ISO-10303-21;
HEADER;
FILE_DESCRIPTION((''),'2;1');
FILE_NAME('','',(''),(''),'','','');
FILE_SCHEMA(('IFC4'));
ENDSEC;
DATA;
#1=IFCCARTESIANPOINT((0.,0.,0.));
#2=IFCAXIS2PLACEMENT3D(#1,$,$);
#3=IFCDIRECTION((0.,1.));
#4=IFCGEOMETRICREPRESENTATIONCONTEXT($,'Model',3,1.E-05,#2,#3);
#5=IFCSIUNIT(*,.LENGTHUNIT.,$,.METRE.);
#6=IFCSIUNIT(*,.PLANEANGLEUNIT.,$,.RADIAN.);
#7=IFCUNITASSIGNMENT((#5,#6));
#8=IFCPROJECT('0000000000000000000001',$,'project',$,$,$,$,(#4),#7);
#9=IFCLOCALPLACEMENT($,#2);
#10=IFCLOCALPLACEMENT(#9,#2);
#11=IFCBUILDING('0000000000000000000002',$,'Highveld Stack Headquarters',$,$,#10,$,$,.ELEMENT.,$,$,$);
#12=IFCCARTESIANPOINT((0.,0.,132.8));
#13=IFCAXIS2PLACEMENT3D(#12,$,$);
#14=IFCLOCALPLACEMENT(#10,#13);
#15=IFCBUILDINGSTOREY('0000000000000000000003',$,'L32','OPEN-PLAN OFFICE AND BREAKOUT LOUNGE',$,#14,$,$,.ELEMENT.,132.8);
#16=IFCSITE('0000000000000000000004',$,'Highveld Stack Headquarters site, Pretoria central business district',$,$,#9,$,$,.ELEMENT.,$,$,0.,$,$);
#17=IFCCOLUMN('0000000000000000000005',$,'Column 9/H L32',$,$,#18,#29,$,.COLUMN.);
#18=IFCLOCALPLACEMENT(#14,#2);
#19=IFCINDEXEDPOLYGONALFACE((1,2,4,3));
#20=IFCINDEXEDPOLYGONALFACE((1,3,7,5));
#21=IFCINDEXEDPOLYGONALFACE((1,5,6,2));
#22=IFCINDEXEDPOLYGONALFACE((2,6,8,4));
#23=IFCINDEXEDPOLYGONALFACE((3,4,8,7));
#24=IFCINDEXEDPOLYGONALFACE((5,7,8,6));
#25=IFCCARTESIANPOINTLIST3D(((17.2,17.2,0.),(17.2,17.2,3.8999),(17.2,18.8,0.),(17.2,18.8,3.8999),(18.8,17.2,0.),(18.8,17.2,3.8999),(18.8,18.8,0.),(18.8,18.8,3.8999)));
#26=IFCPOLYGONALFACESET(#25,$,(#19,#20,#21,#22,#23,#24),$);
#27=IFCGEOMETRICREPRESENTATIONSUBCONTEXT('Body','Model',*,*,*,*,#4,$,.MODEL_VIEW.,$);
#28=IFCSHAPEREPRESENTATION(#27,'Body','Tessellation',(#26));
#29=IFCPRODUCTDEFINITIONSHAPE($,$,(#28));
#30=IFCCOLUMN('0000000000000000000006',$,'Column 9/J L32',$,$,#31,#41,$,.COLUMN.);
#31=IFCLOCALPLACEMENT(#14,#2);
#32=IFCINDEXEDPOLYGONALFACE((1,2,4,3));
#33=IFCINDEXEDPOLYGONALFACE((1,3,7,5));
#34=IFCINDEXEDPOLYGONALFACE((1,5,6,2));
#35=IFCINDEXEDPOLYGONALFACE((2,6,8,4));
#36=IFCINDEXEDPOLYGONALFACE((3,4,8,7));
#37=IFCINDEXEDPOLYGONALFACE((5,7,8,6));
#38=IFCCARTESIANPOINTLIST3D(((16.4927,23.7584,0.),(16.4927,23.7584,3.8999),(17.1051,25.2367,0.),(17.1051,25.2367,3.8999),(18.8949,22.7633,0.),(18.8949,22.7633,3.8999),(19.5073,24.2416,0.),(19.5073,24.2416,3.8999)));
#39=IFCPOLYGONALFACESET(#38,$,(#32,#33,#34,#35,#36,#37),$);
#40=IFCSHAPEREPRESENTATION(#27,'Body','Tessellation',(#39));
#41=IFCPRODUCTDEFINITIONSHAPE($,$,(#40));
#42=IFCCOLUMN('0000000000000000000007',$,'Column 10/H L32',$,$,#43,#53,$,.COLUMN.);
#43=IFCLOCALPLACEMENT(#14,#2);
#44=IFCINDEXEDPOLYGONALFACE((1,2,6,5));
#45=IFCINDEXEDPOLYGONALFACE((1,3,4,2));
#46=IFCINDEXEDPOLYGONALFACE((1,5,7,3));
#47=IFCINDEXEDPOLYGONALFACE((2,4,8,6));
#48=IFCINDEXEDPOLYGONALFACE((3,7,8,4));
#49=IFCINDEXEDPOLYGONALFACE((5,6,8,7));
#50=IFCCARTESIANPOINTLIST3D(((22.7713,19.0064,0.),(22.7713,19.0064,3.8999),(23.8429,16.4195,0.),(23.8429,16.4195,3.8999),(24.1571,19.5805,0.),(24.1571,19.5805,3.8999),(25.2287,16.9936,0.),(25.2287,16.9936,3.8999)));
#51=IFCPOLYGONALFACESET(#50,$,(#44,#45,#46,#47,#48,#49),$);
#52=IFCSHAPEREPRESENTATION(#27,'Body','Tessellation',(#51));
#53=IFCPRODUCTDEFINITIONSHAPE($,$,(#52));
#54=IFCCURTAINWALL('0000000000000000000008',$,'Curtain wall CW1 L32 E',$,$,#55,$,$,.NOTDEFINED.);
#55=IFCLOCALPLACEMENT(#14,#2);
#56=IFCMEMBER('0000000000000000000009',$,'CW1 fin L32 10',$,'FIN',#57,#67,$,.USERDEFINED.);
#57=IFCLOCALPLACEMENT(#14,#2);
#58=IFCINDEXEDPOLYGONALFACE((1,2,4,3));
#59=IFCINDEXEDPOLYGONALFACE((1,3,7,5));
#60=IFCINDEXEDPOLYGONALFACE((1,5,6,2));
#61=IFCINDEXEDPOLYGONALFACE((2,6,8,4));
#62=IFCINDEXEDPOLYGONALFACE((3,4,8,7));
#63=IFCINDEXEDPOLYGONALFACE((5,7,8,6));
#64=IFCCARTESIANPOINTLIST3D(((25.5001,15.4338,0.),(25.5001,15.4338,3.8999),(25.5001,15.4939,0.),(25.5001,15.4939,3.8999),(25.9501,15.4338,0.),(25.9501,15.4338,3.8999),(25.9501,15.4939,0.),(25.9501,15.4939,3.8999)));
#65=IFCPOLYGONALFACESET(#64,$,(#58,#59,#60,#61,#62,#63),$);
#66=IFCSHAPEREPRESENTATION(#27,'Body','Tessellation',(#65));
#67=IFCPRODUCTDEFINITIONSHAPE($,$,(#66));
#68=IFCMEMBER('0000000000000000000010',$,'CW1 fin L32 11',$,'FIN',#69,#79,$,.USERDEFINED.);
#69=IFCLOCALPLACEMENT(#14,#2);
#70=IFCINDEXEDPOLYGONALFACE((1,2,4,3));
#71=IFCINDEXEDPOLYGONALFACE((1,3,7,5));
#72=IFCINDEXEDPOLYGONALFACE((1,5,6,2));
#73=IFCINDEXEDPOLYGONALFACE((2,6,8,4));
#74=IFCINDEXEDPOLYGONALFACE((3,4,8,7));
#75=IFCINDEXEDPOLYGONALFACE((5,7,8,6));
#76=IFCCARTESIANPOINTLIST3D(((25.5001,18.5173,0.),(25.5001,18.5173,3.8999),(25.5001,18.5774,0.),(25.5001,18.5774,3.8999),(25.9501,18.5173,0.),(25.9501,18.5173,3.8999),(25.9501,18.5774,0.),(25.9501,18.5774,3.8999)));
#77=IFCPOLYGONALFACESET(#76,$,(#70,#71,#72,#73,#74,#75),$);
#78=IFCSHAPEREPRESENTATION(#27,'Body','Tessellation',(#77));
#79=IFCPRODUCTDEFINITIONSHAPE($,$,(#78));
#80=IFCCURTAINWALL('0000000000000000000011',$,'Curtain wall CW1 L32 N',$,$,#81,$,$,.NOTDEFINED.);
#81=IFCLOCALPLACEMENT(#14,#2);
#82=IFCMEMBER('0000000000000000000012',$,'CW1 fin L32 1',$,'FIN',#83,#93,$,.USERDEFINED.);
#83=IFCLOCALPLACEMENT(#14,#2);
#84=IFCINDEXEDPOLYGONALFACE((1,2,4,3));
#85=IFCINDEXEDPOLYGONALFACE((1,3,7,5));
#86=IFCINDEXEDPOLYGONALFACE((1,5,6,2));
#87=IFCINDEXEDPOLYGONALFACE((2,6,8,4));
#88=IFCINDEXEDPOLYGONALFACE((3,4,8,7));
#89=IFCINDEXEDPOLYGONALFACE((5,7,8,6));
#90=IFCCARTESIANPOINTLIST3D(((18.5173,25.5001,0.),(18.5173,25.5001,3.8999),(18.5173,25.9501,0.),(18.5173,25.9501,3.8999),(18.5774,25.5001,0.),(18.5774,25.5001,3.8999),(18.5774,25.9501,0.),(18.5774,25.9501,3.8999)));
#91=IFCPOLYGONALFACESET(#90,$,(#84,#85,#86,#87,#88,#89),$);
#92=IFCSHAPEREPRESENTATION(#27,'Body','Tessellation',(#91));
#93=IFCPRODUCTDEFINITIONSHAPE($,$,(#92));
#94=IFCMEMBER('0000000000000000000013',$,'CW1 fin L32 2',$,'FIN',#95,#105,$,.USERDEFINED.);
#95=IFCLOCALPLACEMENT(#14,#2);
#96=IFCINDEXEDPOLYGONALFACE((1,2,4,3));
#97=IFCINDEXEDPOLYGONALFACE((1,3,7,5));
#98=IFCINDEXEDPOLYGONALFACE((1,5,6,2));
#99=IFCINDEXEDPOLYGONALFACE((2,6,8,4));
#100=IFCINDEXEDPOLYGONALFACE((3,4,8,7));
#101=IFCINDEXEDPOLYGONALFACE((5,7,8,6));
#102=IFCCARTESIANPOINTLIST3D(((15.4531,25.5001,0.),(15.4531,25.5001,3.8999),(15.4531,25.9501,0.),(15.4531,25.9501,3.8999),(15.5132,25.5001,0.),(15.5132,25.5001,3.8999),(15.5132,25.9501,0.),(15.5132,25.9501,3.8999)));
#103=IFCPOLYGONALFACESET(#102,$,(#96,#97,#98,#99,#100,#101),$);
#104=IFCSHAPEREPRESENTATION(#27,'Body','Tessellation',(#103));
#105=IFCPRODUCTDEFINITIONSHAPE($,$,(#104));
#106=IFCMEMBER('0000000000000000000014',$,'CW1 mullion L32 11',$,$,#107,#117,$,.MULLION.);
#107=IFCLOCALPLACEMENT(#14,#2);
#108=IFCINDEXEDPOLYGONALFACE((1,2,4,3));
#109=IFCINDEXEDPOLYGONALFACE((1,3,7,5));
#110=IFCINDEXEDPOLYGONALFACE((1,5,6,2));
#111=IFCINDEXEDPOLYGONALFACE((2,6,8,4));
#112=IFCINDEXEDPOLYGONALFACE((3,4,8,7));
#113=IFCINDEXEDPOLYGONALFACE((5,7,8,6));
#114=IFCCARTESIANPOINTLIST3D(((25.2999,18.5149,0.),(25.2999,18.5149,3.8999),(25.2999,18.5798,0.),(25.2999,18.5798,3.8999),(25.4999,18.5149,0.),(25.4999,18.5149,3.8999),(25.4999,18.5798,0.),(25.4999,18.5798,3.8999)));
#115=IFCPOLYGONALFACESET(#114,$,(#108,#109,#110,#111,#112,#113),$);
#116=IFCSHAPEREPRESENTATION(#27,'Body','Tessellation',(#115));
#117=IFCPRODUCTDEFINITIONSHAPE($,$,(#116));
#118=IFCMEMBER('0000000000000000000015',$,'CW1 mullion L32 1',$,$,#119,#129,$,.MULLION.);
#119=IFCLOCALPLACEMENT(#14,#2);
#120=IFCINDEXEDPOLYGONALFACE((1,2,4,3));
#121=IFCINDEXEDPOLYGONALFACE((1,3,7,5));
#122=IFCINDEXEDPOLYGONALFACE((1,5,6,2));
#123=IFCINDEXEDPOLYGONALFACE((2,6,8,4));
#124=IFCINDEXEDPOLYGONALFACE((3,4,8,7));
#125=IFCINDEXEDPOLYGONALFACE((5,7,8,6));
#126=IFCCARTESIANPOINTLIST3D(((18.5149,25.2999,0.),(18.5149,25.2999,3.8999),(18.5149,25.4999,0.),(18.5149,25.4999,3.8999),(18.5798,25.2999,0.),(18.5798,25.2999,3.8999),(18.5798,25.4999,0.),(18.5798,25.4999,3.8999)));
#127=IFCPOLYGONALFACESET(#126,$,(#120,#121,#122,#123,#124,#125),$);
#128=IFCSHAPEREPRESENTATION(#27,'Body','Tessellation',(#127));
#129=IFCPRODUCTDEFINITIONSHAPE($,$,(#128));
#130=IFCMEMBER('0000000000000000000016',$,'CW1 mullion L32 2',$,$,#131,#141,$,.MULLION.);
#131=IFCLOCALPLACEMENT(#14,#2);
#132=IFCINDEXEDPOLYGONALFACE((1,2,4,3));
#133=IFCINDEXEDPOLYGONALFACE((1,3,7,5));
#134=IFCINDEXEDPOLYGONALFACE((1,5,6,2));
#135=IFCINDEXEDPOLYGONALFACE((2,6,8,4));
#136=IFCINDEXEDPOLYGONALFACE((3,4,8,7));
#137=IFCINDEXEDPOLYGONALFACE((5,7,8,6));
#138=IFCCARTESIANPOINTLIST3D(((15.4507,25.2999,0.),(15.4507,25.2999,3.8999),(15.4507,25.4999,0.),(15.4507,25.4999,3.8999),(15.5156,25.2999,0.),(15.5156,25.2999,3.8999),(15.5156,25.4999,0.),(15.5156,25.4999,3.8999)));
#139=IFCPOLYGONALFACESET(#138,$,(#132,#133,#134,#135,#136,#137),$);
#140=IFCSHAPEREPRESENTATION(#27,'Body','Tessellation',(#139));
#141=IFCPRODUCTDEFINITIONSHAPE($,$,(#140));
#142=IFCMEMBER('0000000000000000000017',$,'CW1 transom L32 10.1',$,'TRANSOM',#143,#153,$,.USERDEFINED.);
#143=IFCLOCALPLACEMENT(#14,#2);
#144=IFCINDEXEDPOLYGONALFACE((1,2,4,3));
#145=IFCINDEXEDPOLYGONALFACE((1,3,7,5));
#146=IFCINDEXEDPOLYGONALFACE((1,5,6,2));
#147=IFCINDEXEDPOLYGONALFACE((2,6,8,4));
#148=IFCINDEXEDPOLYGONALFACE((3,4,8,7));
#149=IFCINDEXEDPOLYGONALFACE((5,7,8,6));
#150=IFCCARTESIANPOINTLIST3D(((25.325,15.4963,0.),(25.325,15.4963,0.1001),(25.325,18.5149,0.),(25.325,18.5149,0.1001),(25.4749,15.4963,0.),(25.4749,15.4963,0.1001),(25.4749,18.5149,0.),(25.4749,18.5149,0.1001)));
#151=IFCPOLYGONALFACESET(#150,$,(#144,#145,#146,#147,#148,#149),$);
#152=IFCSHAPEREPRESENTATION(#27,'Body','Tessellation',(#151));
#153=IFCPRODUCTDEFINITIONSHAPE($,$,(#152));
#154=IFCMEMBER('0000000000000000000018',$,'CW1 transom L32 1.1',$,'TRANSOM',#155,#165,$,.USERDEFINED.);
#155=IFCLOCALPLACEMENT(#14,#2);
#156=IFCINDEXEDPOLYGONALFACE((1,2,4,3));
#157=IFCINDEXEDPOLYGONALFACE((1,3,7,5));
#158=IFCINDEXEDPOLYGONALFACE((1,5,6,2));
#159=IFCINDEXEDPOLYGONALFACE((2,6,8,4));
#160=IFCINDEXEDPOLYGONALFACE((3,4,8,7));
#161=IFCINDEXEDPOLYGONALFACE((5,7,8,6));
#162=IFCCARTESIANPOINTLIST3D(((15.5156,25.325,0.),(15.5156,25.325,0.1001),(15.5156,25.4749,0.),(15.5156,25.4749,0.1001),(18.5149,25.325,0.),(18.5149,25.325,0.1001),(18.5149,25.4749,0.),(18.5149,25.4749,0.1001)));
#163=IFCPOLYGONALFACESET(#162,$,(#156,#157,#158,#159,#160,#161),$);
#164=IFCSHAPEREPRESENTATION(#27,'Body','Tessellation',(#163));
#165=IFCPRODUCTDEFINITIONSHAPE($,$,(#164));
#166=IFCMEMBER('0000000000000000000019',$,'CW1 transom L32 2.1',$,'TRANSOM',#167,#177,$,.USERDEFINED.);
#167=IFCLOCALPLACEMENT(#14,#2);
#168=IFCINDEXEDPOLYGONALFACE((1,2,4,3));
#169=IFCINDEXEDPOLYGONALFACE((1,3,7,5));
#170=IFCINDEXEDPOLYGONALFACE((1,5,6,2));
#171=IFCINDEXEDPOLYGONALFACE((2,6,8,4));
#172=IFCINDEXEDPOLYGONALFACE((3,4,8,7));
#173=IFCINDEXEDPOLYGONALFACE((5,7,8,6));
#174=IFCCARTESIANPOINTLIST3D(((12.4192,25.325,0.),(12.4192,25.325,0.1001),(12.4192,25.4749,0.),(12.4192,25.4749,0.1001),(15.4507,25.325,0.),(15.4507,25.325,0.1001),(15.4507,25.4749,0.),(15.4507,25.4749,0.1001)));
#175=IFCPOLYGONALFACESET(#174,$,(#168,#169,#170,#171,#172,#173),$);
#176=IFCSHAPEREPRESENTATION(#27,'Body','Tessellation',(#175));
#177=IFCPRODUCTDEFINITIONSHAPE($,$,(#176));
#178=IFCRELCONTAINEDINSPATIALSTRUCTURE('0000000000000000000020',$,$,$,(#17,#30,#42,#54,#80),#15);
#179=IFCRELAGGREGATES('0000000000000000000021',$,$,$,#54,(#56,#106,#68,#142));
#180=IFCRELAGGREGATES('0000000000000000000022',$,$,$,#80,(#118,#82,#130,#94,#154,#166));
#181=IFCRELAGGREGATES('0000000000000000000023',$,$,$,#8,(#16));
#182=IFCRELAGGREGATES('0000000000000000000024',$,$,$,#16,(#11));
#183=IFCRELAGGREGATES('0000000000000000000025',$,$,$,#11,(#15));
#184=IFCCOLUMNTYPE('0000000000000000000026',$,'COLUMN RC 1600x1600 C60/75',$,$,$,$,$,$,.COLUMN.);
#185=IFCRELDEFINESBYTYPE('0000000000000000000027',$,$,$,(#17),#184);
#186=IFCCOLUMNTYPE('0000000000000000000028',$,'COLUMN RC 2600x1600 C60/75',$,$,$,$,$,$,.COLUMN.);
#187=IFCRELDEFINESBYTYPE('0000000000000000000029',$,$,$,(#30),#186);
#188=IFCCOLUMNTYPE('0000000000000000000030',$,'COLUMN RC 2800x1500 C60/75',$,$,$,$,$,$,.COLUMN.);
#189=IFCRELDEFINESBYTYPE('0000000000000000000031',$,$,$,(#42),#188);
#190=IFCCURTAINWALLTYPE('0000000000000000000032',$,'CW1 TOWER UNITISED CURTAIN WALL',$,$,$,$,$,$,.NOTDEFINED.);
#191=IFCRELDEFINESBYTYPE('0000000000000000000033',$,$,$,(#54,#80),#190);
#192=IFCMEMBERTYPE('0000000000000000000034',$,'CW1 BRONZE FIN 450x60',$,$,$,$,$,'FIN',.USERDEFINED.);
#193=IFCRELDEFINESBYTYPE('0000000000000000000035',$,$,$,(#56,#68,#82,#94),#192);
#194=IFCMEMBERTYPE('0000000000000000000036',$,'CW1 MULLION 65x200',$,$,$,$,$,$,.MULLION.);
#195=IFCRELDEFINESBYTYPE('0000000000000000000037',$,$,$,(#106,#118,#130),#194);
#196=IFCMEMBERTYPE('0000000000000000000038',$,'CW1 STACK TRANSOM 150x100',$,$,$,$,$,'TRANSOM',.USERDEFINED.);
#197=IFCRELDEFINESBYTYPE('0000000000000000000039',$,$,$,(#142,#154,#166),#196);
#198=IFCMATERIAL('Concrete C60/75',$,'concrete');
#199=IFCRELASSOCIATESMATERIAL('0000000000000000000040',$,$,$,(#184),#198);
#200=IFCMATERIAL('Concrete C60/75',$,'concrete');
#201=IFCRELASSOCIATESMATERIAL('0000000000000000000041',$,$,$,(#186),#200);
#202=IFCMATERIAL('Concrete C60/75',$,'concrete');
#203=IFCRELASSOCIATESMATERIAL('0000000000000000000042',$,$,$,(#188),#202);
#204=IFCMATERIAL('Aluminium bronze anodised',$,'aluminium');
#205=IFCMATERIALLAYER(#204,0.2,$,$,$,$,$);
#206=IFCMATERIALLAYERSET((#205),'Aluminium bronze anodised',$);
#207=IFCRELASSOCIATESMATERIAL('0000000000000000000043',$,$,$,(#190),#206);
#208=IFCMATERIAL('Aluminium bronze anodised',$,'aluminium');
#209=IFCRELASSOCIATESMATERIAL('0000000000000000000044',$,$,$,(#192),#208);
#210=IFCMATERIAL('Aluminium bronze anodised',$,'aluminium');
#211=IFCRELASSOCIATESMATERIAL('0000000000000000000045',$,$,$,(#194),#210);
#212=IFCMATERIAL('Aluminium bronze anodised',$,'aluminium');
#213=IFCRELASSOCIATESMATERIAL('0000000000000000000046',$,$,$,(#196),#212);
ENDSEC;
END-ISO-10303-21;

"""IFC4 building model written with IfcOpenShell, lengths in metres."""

from ifc_helpers import new_model, si_unit, direction, frame, origin, origin_2d, place, context, subcontext, project, spatial, rectangle, extrude, material, layer, layer_set, material_profile, profile_set, type_object, element, aggregate, save


model = new_model("IFC4")

# Units and contexts
model_context = context("Model", 3, precision=1e-05, world=origin(), true_north=direction((0.0, 1.0)))
body_context = subcontext(model_context, "Body", "Model", "MODEL_VIEW")
ifc_project = project(units=[si_unit("LENGTHUNIT", "METRE"), si_unit("PLANEANGLEUNIT", "RADIAN")], contexts=[model_context])

# Site, building, storey
site_placement = place(None, origin())
site = spatial("IfcSite", under=ifc_project, at=site_placement, Name="Highveld Stack Headquarters site, Pretoria central business district", CompositionType="ELEMENT", RefElevation=0.0)
building_placement = place(site_placement, origin())
building = spatial("IfcBuilding", under=site, at=building_placement, Name="Highveld Stack Headquarters", CompositionType="ELEMENT")
storey_placement = place(building_placement, frame((0.0, 0.0, 132.8)))
storey = spatial("IfcBuildingStorey", under=building, at=storey_placement, Name="L32", Description="OPEN-PLAN OFFICE AND BREAKOUT LOUNGE", CompositionType="ELEMENT", Elevation=132.8)

# Columns
ifc_material_1 = material(Name="Concrete C60/75", Category="concrete")
ifc_material_profile_1 = material_profile(ifc_material_1, rectangle(XDim=1.6001, YDim=1.6001, at=origin_2d()), Name="RC 1600x1600")
ifc_profile_set_1 = profile_set([ifc_material_profile_1], Name="Concrete C60/75")
column_type_1 = type_object("IfcColumnType", Name="COLUMN RC 1600x1600 C60/75", PredefinedType="COLUMN", material=ifc_profile_set_1)
column_1_placement = place(storey_placement, frame((18.0, 18.0, 0.0), z_axis=(0.0, 0.0, 1.0), x_axis=(1.0, 0.0, 0.0)))
element("IfcColumn", 1, at=column_1_placement, inside=storey, type_object=column_type_1, Name="Column 9/H L32", PredefinedType="COLUMN", context=body_context, shape_type="SweptSolid", body=[
    extrude(rectangle(XDim=1.6001, YDim=1.6001, at=origin_2d()), origin(), (0.0, 0.0, 1.0), 3.8999),
])
ifc_material_2 = material(Name="Concrete C60/75", Category="concrete")
ifc_material_profile_2 = material_profile(ifc_material_2, rectangle(XDim=2.6001, YDim=1.6001, at=origin_2d()), Name="RC 2600x1600")
ifc_profile_set_2 = profile_set([ifc_material_profile_2], Name="Concrete C60/75")
column_type_2 = type_object("IfcColumnType", Name="COLUMN RC 2600x1600 C60/75", PredefinedType="COLUMN", material=ifc_profile_set_2)
column_2_placement = place(storey_placement, frame((18.0, 24.0, 0.0), z_axis=(0.0, 0.0, 1.0), x_axis=(0.92388, -0.382683, 0.0)))
element("IfcColumn", 2, at=column_2_placement, inside=storey, type_object=column_type_2, Name="Column 9/J L32", PredefinedType="COLUMN", context=body_context, shape_type="SweptSolid", body=[
    extrude(rectangle(XDim=2.6001, YDim=1.6001, at=origin_2d()), origin(), (0.0, 0.0, 1.0), 3.8999),
])
ifc_material_3 = material(Name="Concrete C60/75", Category="concrete")
ifc_material_profile_3 = material_profile(ifc_material_3, rectangle(XDim=2.8, YDim=1.5, at=origin_2d()), Name="RC 2800x1500")
ifc_profile_set_3 = profile_set([ifc_material_profile_3], Name="Concrete C60/75")
column_type_3 = type_object("IfcColumnType", Name="COLUMN RC 2800x1500 C60/75", PredefinedType="COLUMN", material=ifc_profile_set_3)
column_3_placement = place(storey_placement, frame((24.0, 18.0, 0.0), z_axis=(0.0, 0.0, 1.0), x_axis=(0.382683, -0.92388, 0.0)))
element("IfcColumn", 3, at=column_3_placement, inside=storey, type_object=column_type_3, Name="Column 10/H L32", PredefinedType="COLUMN", context=body_context, shape_type="SweptSolid", body=[
    extrude(rectangle(XDim=2.8, YDim=1.5, at=origin_2d()), origin(), (0.0, 0.0, 1.0), 3.8999),
])

# Curtain walls, members
ifc_material_4 = material(Name="Aluminium bronze anodised", Category="aluminium")
ifc_layer_1 = layer(ifc_material_4, 0.2)
ifc_layer_set_1 = layer_set([ifc_layer_1], Name="Aluminium bronze anodised")
curtain_wall_type_1 = type_object("IfcCurtainWallType", Name="CW1 TOWER UNITISED CURTAIN WALL", PredefinedType="NOTDEFINED", material=ifc_layer_set_1)
curtain_wall_1_placement = place(storey_placement, origin())
curtain_wall_1 = element("IfcCurtainWall", 4, at=curtain_wall_1_placement, inside=storey, type_object=curtain_wall_type_1, Name="Curtain wall CW1 L32 E", PredefinedType="NOTDEFINED")
ifc_material_5 = material(Name="Aluminium bronze anodised", Category="aluminium")
ifc_material_profile_4 = material_profile(ifc_material_5, rectangle(XDim=0.45, YDim=0.0601, at=origin_2d()), Name="FIN 450x60")
ifc_profile_set_4 = profile_set([ifc_material_profile_4], Name="Aluminium bronze anodised")
member_type_1 = type_object("IfcMemberType", Name="CW1 BRONZE FIN 450x60", ElementType="FIN", PredefinedType="USERDEFINED", material=ifc_profile_set_4)
member_1_placement = place(storey_placement, frame((25.7251, 15.4639, 0.0), z_axis=(0.0, 0.0, 1.0), x_axis=(-1.0, 0.0, 0.0)))
member_1 = element("IfcMember", 5, at=member_1_placement, type_object=member_type_1, Name="CW1 fin L32 10", ObjectType="FIN", PredefinedType="USERDEFINED", context=body_context, shape_type="SweptSolid", body=[
    extrude(rectangle(XDim=0.45, YDim=0.0601, at=origin_2d()), origin(), (0.0, 0.0, 1.0), 3.8999),
])
member_2_placement = place(storey_placement, frame((25.7251, 18.5474, 0.0), z_axis=(0.0, 0.0, 1.0), x_axis=(-1.0, 0.0, 0.0)))
member_2 = element("IfcMember", 6, at=member_2_placement, type_object=member_type_1, Name="CW1 fin L32 11", ObjectType="FIN", PredefinedType="USERDEFINED", context=body_context, shape_type="SweptSolid", body=[
    extrude(rectangle(XDim=0.45, YDim=0.0601, at=origin_2d()), origin(), (0.0, 0.0, 1.0), 3.8999),
])
curtain_wall_2_placement = place(storey_placement, origin())
curtain_wall_2 = element("IfcCurtainWall", 7, at=curtain_wall_2_placement, inside=storey, type_object=curtain_wall_type_1, Name="Curtain wall CW1 L32 N", PredefinedType="NOTDEFINED")
member_3_placement = place(storey_placement, frame((18.5474, 25.7251, 0.0), z_axis=(0.0, 0.0, 1.0), x_axis=(0.0, -1.0, 0.0)))
member_3 = element("IfcMember", 8, at=member_3_placement, type_object=member_type_1, Name="CW1 fin L32 1", ObjectType="FIN", PredefinedType="USERDEFINED", context=body_context, shape_type="SweptSolid", body=[
    extrude(rectangle(XDim=0.45, YDim=0.0601, at=origin_2d()), origin(), (0.0, 0.0, 1.0), 3.8999),
])
member_4_placement = place(storey_placement, frame((15.4832, 25.7251, 0.0), z_axis=(0.0, 0.0, 1.0), x_axis=(0.0, -1.0, 0.0)))
member_4 = element("IfcMember", 9, at=member_4_placement, type_object=member_type_1, Name="CW1 fin L32 2", ObjectType="FIN", PredefinedType="USERDEFINED", context=body_context, shape_type="SweptSolid", body=[
    extrude(rectangle(XDim=0.45, YDim=0.0601, at=origin_2d()), origin(), (0.0, 0.0, 1.0), 3.8999),
])

# Members
ifc_material_6 = material(Name="Aluminium bronze anodised", Category="aluminium")
ifc_material_profile_5 = material_profile(ifc_material_6, rectangle(XDim=0.2, YDim=0.0649, at=origin_2d()), Name="CW1 MULLION 65x200")
ifc_profile_set_5 = profile_set([ifc_material_profile_5], Name="Aluminium bronze anodised")
member_type_2 = type_object("IfcMemberType", Name="CW1 MULLION 65x200", PredefinedType="MULLION", material=ifc_profile_set_5)
member_5_placement = place(storey_placement, frame((25.3999, 18.5474, 0.0), z_axis=(0.0, 0.0, 1.0), x_axis=(-1.0, 0.0, 0.0)))
member_5 = element("IfcMember", 10, at=member_5_placement, type_object=member_type_2, Name="CW1 mullion L32 11", PredefinedType="MULLION", context=body_context, shape_type="SweptSolid", body=[
    extrude(rectangle(XDim=0.2, YDim=0.0649, at=origin_2d()), origin(), (0.0, 0.0, 1.0), 3.8999),
])
member_6_placement = place(storey_placement, frame((18.5474, 25.3999, 0.0), z_axis=(0.0, 0.0, 1.0), x_axis=(0.0, -1.0, 0.0)))
member_6 = element("IfcMember", 11, at=member_6_placement, type_object=member_type_2, Name="CW1 mullion L32 1", PredefinedType="MULLION", context=body_context, shape_type="SweptSolid", body=[
    extrude(rectangle(XDim=0.2, YDim=0.0649, at=origin_2d()), origin(), (0.0, 0.0, 1.0), 3.8999),
])
member_7_placement = place(storey_placement, frame((15.4832, 25.3999, 0.0), z_axis=(0.0, 0.0, 1.0), x_axis=(0.0, -1.0, 0.0)))
member_7 = element("IfcMember", 12, at=member_7_placement, type_object=member_type_2, Name="CW1 mullion L32 2", PredefinedType="MULLION", context=body_context, shape_type="SweptSolid", body=[
    extrude(rectangle(XDim=0.2, YDim=0.0649, at=origin_2d()), origin(), (0.0, 0.0, 1.0), 3.8999),
])
ifc_material_7 = material(Name="Aluminium bronze anodised", Category="aluminium")
ifc_material_profile_6 = material_profile(ifc_material_7, rectangle(XDim=0.1499, YDim=0.1001, at=origin_2d()), Name="CW1 TRANSOM 150x100")
ifc_profile_set_6 = profile_set([ifc_material_profile_6], Name="Aluminium bronze anodised")
member_type_3 = type_object("IfcMemberType", Name="CW1 STACK TRANSOM 150x100", ElementType="TRANSOM", PredefinedType="USERDEFINED", material=ifc_profile_set_6)
member_8_placement = place(storey_placement, frame((25.3999, 15.4963, 0.05), z_axis=(0.0, 1.0, 0.0), x_axis=(-1.0, 0.0, 0.0)))
member_8 = element("IfcMember", 13, at=member_8_placement, type_object=member_type_3, Name="CW1 transom L32 10.1", ObjectType="TRANSOM", PredefinedType="USERDEFINED", context=body_context, shape_type="SweptSolid", body=[
    extrude(rectangle(XDim=0.1499, YDim=0.1001, at=origin_2d()), origin(), (0.0, 0.0, 1.0), 3.0186),
])
member_9_placement = place(storey_placement, frame((18.5149, 25.3999, 0.05), z_axis=(-1.0, 0.0, 0.0), x_axis=(0.0, -1.0, 0.0)))
member_9 = element("IfcMember", 14, at=member_9_placement, type_object=member_type_3, Name="CW1 transom L32 1.1", ObjectType="TRANSOM", PredefinedType="USERDEFINED", context=body_context, shape_type="SweptSolid", body=[
    extrude(rectangle(XDim=0.1499, YDim=0.1001, at=origin_2d()), origin(), (0.0, 0.0, 1.0), 2.9993),
])
member_10_placement = place(storey_placement, frame((15.4507, 25.3999, 0.05), z_axis=(-1.0, 0.0, 0.0), x_axis=(0.0, -1.0, 0.0)))
member_10 = element("IfcMember", 15, at=member_10_placement, type_object=member_type_3, Name="CW1 transom L32 2.1", ObjectType="TRANSOM", PredefinedType="USERDEFINED", context=body_context, shape_type="SweptSolid", body=[
    extrude(rectangle(XDim=0.1499, YDim=0.1001, at=origin_2d()), origin(), (0.0, 0.0, 1.0), 3.0315),
])

aggregate(curtain_wall_1, [member_1, member_5, member_2, member_8])
aggregate(curtain_wall_2, [member_6, member_3, member_7, member_4, member_9, member_10])

save(model, "model.ifc")
